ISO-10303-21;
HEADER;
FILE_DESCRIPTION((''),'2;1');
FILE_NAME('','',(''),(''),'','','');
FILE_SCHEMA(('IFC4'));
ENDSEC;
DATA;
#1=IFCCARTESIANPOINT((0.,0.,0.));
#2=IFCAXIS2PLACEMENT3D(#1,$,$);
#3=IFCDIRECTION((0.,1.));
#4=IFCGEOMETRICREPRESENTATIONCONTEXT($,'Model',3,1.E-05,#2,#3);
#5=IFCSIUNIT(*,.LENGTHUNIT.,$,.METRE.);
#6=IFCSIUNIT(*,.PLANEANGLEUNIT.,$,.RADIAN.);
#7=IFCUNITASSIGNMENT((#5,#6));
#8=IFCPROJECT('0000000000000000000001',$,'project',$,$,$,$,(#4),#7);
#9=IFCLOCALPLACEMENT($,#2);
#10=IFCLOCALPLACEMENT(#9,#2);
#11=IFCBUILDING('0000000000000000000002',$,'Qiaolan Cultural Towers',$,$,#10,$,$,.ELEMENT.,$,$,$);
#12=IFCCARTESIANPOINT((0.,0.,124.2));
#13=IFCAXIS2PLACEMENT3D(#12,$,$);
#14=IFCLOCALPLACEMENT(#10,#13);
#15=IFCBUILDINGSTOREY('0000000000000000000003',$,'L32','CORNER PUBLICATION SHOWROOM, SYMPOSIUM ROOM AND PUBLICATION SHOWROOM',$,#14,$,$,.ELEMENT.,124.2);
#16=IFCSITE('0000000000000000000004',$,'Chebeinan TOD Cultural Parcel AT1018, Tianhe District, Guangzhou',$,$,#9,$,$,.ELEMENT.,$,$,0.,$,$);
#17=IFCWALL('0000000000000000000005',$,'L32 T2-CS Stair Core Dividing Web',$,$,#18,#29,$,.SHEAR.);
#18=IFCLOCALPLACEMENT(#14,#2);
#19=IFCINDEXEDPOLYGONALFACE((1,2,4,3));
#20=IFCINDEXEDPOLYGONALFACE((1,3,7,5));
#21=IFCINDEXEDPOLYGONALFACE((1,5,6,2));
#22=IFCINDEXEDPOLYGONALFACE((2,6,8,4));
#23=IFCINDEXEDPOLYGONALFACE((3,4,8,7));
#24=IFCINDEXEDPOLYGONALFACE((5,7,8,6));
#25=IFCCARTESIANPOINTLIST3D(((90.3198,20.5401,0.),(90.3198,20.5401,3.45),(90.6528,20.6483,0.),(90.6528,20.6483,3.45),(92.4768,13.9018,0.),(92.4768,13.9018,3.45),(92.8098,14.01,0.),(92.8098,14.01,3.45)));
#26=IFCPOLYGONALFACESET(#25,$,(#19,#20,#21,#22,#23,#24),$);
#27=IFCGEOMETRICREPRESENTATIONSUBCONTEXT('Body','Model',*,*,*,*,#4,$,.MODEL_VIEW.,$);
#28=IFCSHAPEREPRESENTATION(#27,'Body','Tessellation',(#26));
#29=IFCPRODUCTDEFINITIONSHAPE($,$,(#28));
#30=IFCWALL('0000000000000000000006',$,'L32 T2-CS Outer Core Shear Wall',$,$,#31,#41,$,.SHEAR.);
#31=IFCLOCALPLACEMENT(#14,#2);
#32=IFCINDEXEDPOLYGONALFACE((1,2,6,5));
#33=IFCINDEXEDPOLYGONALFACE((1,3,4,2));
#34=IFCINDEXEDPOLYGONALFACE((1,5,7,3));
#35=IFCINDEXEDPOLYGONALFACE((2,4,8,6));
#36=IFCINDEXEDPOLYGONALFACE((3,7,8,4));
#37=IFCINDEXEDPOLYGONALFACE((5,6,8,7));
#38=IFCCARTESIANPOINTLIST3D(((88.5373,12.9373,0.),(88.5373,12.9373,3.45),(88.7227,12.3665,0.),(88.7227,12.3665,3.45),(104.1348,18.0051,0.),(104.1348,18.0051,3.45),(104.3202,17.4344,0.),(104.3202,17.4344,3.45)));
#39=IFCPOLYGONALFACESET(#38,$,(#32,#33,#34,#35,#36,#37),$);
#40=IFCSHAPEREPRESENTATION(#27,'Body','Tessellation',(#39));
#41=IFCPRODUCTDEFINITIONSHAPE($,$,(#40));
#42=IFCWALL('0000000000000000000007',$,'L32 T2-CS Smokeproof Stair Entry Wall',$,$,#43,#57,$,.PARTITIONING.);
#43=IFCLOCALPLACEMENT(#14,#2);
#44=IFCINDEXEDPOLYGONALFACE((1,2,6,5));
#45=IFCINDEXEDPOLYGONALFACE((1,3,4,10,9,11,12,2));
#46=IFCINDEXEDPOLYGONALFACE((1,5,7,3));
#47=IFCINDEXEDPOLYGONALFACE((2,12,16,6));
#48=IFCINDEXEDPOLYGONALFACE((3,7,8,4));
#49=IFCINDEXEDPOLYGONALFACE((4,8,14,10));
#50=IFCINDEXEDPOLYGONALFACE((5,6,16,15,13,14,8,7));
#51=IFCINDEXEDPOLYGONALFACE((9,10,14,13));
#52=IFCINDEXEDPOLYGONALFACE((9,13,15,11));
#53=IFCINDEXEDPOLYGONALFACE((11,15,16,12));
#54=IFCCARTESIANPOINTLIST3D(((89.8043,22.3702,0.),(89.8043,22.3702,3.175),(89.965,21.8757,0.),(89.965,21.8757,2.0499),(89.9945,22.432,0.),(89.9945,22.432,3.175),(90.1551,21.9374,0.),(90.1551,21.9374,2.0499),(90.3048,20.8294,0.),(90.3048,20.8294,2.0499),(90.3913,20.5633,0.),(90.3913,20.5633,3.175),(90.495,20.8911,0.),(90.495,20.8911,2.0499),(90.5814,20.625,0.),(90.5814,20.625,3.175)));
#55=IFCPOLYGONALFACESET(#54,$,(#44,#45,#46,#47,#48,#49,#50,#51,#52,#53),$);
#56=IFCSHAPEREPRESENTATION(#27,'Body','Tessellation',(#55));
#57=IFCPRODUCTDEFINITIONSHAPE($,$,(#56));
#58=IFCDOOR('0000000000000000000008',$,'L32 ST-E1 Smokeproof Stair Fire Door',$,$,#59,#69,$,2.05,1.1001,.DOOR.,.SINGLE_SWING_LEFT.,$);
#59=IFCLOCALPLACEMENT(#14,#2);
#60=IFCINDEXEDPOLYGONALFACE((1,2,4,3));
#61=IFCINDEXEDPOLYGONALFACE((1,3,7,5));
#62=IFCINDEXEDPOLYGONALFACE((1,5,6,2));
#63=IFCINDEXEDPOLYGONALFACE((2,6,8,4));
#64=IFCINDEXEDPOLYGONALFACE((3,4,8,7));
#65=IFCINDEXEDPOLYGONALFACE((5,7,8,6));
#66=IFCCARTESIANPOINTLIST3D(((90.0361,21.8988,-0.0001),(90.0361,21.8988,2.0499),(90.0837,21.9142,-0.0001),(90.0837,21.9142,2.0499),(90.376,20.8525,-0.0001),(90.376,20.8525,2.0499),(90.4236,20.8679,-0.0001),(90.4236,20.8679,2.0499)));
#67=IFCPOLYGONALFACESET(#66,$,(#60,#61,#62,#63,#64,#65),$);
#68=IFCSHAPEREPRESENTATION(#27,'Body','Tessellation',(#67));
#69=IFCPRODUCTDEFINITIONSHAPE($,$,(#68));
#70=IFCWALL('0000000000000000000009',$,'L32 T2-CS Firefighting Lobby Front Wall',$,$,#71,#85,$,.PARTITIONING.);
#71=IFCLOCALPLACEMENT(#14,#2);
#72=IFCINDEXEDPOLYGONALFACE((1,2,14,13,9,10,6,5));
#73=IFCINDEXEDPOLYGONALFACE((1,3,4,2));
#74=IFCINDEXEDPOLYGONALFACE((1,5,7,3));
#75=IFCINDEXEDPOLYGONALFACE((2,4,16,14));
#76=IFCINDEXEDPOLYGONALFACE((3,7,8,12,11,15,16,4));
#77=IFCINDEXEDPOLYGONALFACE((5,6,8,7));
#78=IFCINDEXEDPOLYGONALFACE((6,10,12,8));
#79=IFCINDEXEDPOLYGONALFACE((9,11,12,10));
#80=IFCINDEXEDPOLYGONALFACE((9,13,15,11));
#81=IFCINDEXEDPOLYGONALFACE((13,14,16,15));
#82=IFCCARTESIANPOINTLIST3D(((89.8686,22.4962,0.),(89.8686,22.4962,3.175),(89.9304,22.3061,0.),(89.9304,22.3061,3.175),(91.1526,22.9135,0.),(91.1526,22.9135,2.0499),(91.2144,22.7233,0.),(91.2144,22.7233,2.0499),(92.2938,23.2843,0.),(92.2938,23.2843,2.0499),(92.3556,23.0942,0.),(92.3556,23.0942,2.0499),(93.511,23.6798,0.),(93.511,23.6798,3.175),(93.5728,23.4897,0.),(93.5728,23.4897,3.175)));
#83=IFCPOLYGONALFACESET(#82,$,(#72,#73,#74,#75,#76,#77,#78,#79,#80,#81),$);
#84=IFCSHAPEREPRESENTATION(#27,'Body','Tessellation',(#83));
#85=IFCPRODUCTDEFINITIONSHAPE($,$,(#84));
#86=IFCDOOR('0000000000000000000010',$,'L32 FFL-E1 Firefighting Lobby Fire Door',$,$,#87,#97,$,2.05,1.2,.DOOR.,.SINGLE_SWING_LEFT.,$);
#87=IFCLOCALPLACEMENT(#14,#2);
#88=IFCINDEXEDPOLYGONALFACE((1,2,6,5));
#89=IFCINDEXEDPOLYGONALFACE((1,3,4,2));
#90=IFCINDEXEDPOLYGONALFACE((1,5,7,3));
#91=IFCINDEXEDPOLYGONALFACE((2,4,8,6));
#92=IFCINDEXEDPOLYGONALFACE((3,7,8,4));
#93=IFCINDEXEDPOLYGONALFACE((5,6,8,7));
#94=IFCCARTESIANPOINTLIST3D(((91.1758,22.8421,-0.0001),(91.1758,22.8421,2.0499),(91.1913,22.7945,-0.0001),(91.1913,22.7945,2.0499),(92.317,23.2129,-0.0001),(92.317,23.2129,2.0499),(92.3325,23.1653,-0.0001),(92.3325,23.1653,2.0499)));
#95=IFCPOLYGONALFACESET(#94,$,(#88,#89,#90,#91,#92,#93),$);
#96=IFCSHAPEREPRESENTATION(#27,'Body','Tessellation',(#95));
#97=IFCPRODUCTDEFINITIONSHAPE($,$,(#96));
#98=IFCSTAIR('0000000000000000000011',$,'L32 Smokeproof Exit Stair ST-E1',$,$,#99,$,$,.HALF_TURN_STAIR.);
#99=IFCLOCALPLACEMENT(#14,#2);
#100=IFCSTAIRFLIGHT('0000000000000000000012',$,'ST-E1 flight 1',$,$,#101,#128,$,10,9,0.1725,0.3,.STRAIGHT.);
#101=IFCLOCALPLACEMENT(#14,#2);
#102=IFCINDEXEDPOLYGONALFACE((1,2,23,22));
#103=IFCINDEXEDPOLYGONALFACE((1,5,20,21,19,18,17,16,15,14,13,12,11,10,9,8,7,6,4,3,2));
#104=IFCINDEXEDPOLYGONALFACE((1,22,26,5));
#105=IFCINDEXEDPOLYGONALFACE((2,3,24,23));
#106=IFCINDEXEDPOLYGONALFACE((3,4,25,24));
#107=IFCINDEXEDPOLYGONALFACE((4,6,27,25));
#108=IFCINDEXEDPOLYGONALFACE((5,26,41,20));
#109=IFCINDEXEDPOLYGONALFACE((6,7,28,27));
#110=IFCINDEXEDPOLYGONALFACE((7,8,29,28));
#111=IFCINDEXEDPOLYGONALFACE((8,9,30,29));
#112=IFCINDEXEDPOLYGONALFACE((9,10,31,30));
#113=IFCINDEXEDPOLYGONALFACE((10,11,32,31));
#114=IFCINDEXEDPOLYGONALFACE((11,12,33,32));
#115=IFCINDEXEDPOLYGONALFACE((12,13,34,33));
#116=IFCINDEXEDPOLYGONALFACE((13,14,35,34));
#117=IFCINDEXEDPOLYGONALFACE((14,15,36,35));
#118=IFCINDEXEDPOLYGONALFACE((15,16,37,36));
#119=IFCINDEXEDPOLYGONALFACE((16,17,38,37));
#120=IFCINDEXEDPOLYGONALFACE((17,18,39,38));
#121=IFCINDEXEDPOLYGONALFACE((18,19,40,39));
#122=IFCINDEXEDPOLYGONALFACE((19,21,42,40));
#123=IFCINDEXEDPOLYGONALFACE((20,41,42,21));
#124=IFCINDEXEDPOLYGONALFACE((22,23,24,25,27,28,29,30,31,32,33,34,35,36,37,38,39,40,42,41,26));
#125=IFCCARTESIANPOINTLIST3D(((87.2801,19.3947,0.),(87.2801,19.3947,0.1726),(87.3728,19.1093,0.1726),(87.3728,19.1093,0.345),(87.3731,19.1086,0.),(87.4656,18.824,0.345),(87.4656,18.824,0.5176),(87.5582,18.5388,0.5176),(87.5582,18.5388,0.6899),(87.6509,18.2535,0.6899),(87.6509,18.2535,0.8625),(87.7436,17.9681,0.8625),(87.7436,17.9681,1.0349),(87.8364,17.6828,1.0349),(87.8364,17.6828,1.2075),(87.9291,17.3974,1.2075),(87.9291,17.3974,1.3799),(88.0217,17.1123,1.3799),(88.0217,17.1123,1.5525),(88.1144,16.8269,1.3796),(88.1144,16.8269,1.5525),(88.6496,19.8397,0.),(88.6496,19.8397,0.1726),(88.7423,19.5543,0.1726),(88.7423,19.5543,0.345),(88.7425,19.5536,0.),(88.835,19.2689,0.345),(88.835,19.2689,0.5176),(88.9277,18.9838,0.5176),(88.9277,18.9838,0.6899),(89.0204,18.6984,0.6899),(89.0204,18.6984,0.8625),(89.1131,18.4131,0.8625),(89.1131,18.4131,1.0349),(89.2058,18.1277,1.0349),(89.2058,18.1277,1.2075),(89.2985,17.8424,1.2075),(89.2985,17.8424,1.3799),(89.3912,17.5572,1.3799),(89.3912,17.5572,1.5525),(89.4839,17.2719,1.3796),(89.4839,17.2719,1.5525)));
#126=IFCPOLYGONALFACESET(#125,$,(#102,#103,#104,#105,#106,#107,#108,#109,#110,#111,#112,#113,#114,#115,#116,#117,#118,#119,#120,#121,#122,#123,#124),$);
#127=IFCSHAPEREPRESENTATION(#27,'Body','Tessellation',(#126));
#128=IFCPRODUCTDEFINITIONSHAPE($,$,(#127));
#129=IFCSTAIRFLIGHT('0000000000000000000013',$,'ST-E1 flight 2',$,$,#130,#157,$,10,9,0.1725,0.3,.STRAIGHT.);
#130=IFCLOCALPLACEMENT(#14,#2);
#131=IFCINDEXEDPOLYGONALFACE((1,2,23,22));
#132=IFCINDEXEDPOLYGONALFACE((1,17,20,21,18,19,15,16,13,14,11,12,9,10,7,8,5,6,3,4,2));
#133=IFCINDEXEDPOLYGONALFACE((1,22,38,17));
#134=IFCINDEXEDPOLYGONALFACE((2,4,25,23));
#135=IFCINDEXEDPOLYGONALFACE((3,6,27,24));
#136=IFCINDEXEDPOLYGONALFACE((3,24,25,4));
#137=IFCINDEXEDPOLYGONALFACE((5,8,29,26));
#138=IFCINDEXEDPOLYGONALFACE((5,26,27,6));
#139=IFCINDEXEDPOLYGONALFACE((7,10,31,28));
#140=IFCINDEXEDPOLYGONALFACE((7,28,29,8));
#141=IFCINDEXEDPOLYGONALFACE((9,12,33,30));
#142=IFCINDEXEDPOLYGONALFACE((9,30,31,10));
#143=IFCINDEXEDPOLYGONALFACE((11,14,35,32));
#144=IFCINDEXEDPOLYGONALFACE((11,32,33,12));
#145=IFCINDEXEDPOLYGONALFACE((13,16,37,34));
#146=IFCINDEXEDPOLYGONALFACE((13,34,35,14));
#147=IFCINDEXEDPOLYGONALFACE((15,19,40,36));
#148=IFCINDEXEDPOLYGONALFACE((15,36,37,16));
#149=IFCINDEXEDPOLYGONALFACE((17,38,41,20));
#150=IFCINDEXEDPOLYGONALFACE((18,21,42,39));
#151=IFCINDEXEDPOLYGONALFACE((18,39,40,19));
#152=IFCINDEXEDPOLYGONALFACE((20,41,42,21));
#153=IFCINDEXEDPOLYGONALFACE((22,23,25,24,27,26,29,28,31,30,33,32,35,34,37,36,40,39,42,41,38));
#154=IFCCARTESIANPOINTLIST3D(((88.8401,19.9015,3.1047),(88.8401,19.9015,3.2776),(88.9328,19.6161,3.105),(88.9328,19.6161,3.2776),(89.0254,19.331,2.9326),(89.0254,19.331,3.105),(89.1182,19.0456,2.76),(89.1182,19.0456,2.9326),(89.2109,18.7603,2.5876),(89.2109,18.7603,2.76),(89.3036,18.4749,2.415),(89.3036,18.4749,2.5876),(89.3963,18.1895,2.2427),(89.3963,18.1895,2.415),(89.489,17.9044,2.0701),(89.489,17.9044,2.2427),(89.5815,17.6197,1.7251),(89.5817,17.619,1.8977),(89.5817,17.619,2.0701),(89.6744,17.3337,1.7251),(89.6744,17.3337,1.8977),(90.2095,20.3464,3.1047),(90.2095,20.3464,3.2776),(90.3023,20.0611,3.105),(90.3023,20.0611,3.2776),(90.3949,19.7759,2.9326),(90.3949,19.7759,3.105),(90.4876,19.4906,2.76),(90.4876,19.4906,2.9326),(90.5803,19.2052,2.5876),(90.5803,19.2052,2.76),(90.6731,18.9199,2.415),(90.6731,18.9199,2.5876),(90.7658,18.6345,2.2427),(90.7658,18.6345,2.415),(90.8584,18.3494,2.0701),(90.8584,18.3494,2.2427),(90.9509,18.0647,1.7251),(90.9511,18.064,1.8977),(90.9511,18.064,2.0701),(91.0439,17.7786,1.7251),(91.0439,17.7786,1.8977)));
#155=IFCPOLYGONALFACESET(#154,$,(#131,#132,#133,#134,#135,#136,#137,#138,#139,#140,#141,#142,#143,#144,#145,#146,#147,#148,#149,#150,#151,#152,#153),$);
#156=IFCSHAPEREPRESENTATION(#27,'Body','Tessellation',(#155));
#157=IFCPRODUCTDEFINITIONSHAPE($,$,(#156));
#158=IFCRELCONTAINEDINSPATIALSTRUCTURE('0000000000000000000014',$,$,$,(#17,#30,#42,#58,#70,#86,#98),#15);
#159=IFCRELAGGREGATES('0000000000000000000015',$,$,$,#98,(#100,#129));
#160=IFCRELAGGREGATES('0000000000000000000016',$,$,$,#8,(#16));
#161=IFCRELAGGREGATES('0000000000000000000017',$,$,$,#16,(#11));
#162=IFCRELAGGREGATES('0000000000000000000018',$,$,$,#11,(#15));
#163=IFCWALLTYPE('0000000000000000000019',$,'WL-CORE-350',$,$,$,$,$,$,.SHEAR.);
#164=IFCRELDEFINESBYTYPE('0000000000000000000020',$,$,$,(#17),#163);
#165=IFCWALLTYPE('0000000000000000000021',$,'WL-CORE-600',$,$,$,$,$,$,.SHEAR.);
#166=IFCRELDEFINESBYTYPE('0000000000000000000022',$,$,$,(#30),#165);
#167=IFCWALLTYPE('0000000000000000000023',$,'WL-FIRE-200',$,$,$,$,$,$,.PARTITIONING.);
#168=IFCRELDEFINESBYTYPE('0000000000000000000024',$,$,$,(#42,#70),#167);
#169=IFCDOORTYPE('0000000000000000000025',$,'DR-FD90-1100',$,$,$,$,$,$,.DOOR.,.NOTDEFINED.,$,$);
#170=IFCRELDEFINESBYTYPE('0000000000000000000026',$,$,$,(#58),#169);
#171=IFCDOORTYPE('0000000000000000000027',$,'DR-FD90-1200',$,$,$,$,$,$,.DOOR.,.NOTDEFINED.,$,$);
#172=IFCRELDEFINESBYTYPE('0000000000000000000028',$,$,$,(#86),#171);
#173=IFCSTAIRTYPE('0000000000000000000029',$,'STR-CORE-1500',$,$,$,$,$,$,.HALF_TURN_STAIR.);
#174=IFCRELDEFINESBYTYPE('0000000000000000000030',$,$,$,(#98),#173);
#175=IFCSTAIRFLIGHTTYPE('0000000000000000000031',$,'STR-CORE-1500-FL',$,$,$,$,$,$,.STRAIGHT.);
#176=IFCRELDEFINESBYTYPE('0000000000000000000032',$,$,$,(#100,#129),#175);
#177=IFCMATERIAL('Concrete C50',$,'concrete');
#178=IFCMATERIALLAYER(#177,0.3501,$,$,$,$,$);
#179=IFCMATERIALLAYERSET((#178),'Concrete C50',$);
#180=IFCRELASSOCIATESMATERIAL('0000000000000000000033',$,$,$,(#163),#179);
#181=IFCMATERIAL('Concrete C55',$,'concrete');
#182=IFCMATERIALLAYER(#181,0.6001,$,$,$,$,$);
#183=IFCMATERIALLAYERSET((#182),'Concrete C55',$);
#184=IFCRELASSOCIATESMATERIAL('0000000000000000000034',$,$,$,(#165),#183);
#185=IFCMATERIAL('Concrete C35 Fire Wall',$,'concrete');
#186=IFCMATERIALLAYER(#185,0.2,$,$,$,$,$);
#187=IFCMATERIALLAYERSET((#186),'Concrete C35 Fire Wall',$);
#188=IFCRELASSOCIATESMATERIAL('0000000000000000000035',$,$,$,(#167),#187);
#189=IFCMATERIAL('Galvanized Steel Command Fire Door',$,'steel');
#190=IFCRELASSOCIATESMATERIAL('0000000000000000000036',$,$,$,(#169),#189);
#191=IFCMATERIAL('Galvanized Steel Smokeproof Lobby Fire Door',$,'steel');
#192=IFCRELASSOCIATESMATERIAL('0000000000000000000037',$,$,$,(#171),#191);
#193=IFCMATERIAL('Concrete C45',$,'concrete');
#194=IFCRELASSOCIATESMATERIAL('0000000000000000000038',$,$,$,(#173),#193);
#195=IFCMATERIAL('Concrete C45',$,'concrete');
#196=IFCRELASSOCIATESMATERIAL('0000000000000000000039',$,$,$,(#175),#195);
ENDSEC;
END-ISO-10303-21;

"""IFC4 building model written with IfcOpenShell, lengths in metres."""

from ifc_helpers import new_model, si_unit, direction, frame, frame_2d, origin, place, context, subcontext, project, spatial, polyline, rectangle, outline, extrude, material, layer, layer_set, type_object, element, fill, aggregate, save


model = new_model("IFC4")

# Units and contexts
model_context = context("Model", 3, precision=1e-05, world=origin(), true_north=direction((0.0, 1.0)))
body_context = subcontext(model_context, "Body", "Model", "MODEL_VIEW")
ifc_project = project(units=[si_unit("LENGTHUNIT", "METRE"), si_unit("PLANEANGLEUNIT", "RADIAN")], contexts=[model_context])

# Site, building, storey
site_placement = place(None, origin())
site = spatial("IfcSite", under=ifc_project, at=site_placement, Name="Chebeinan TOD Cultural Parcel AT1018, Tianhe District, Guangzhou", CompositionType="ELEMENT", RefElevation=0.0)
building_placement = place(site_placement, origin())
building = spatial("IfcBuilding", under=site, at=building_placement, Name="Qiaolan Cultural Towers", CompositionType="ELEMENT")
storey_placement = place(building_placement, frame((0.0, 0.0, 124.2)))
storey = spatial("IfcBuildingStorey", under=building, at=storey_placement, Name="L32", Description="CORNER PUBLICATION SHOWROOM, SYMPOSIUM ROOM AND PUBLICATION SHOWROOM", CompositionType="ELEMENT", Elevation=124.2)

# Walls
ifc_material_1 = material(Name="Concrete C50", Category="concrete")
ifc_layer_1 = layer(ifc_material_1, 0.3501)
ifc_layer_set_1 = layer_set([ifc_layer_1], Name="Concrete C50")
wall_type_1 = type_object("IfcWallType", Name="WL-CORE-350", PredefinedType="SHEAR", material=ifc_layer_set_1)
wall_1_placement = place(storey_placement, frame((90.4863, 20.5942, 0.0), z_axis=(0.0, 0.0, 1.0), x_axis=(0.30902, -0.951055, 0.0)))
element("IfcWall", 1, at=wall_1_placement, inside=storey, type_object=wall_type_1, Name="L32 T2-CS Stair Core Dividing Web", PredefinedType="SHEAR", context=body_context, shape_type="SweptSolid", body=[
    extrude(rectangle(XDim=6.98, YDim=0.3501, at=frame_2d((3.49, 0.0))), origin(), (0.0, 0.0, 1.0), 3.45),
])
ifc_material_2 = material(Name="Concrete C55", Category="concrete")
ifc_layer_2 = layer(ifc_material_2, 0.6001)
ifc_layer_set_2 = layer_set([ifc_layer_2], Name="Concrete C55")
wall_type_2 = type_object("IfcWallType", Name="WL-CORE-600", PredefinedType="SHEAR", material=ifc_layer_set_2)
wall_2_placement = place(storey_placement, frame((88.6299, 12.6519, 0.0), z_axis=(0.0, 0.0, 1.0), x_axis=(0.951057, 0.309015, 0.0)))
element("IfcWall", 2, at=wall_2_placement, inside=storey, type_object=wall_type_2, Name="L32 T2-CS Outer Core Shear Wall", PredefinedType="SHEAR", context=body_context, shape_type="SweptSolid", body=[
    extrude(rectangle(XDim=16.4001, YDim=0.6001, at=frame_2d((8.2002, 0.0))), origin(), (0.0, 0.0, 1.0), 3.45),
])

# Walls, openings, doors
ifc_material_3 = material(Name="Concrete C35 Fire Wall", Category="concrete")
ifc_layer_3 = layer(ifc_material_3, 0.2)
ifc_layer_set_3 = layer_set([ifc_layer_3], Name="Concrete C35 Fire Wall")
wall_type_3 = type_object("IfcWallType", Name="WL-FIRE-200", PredefinedType="PARTITIONING", material=ifc_layer_set_3)
wall_3_placement = place(storey_placement, frame((89.8994, 22.4011, 0.0), z_axis=(0.0, 0.0, 1.0), x_axis=(0.308932, -0.951084, 0.0)))
wall_3 = element("IfcWall", 3, at=wall_3_placement, inside=storey, type_object=wall_type_3, Name="L32 T2-CS Smokeproof Stair Entry Wall", PredefinedType="PARTITIONING", context=body_context, shape_type="SweptSolid", body=[
    extrude(rectangle(XDim=1.8999, YDim=0.2, at=frame_2d((0.95, 0.0))), origin(), (0.0, 0.0, 1.0), 3.175),
])
opening_1_placement = place(wall_3_placement, frame((0.52, 0.0, 0.0)))
opening_1 = element("IfcOpeningElement", 4, at=opening_1_placement, cuts=wall_3, PredefinedType="OPENING", context=body_context, shape_type="SweptSolid", body=[
    extrude(rectangle(XDim=1.1001, YDim=2.05, at=frame_2d((0.55, 1.0249))), frame((0.0, 0.1099, 0.0), z_axis=(0.0, -1.0, 0.0), x_axis=(1.0, 0.0, 0.0)), (0.0, 0.0, 1.0), 0.22),
])
ifc_material_4 = material(Name="Galvanized Steel Command Fire Door", Category="steel")
door_type_1 = type_object("IfcDoorType", Name="DR-FD90-1100", OperationType="NOTDEFINED", PredefinedType="DOOR", material=ifc_material_4)
door_1_placement = place(opening_1_placement, origin())
door_1 = element("IfcDoor", 5, at=door_1_placement, inside=storey, type_object=door_type_1, Name="L32 ST-E1 Smokeproof Stair Fire Door", OperationType="SINGLE_SWING_LEFT", OverallHeight=2.05, OverallWidth=1.1001, PredefinedType="DOOR", context=body_context, shape_type="SweptSolid", body=[
    extrude(rectangle(XDim=1.1001, YDim=2.05, at=frame_2d((0.55, 1.0249))), frame((0.0, 0.0249, 0.0), z_axis=(0.0, -1.0, 0.0), x_axis=(1.0, 0.0, 0.0)), (0.0, 0.0, 1.0), 0.05),
])
fill(opening_1, door_1)
wall_4_placement = place(storey_placement, frame((89.8994, 22.4011, 0.0), z_axis=(0.0, 0.0, 1.0), x_axis=(0.951047, 0.309047, 0.0)))
wall_4 = element("IfcWall", 6, at=wall_4_placement, inside=storey, type_object=wall_type_3, Name="L32 T2-CS Firefighting Lobby Front Wall", PredefinedType="PARTITIONING", context=body_context, shape_type="SweptSolid", body=[
    extrude(rectangle(XDim=3.8298, YDim=0.2, at=frame_2d((1.915, 0.0))), origin(), (0.0, 0.0, 1.0), 3.175),
])
opening_2_placement = place(wall_4_placement, frame((1.3501, 0.0, 0.0)))
opening_2 = element("IfcOpeningElement", 7, at=opening_2_placement, cuts=wall_4, PredefinedType="OPENING", context=body_context, shape_type="SweptSolid", body=[
    extrude(rectangle(XDim=1.2, YDim=2.05, at=frame_2d((0.6001, 1.0249))), frame((0.0, 0.1099, 0.0), z_axis=(0.0, -1.0, 0.0), x_axis=(1.0, 0.0, 0.0)), (0.0, 0.0, 1.0), 0.22),
])
ifc_material_5 = material(Name="Galvanized Steel Smokeproof Lobby Fire Door", Category="steel")
door_type_2 = type_object("IfcDoorType", Name="DR-FD90-1200", OperationType="NOTDEFINED", PredefinedType="DOOR", material=ifc_material_5)
door_2_placement = place(opening_2_placement, origin())
door_2 = element("IfcDoor", 8, at=door_2_placement, inside=storey, type_object=door_type_2, Name="L32 FFL-E1 Firefighting Lobby Fire Door", OperationType="SINGLE_SWING_LEFT", OverallHeight=2.05, OverallWidth=1.2, PredefinedType="DOOR", context=body_context, shape_type="SweptSolid", body=[
    extrude(rectangle(XDim=1.2, YDim=2.05, at=frame_2d((0.6001, 1.0249))), frame((0.0, 0.0249, 0.0), z_axis=(0.0, -1.0, 0.0), x_axis=(1.0, 0.0, 0.0)), (0.0, 0.0, 1.0), 0.05),
])
fill(opening_2, door_2)

# Stair, stair flights
ifc_material_6 = material(Name="Concrete C45", Category="concrete")
stair_type = type_object("IfcStairType", Name="STR-CORE-1500", PredefinedType="HALF_TURN_STAIR", material=ifc_material_6)
stair_placement = place(storey_placement, origin())
stair = element("IfcStair", 9, at=stair_placement, inside=storey, type_object=stair_type, Name="L32 Smokeproof Exit Stair ST-E1", PredefinedType="HALF_TURN_STAIR")
ifc_material_7 = material(Name="Concrete C45", Category="concrete")
stair_flight_type = type_object("IfcStairFlightType", Name="STR-CORE-1500-FL", PredefinedType="STRAIGHT", material=ifc_material_7)
stair_flight_1_placement = place(storey_placement, frame((87.9648, 19.6172, 0.0), z_axis=(0.0, 0.0, 1.0), x_axis=(0.309017, -0.951057, 0.0)))
stair_flight_1 = element("IfcStairFlight", 10, at=stair_flight_1_placement, type_object=stair_flight_type, Name="ST-E1 flight 1", NumberOfRisers=10, NumberOfTreads=9, PredefinedType="STRAIGHT", RiserHeight=0.1725, TreadLength=0.3, context=body_context, shape_type="SweptSolid", body=[
    extrude(outline(polyline([(0.0, 0.0), (0.0, 0.1726), (0.3, 0.1726), (0.3, 0.345), (0.6001, 0.345), (0.6001, 0.5176), (0.8999, 0.5176), (0.8999, 0.6899), (1.2, 0.6899), (1.2, 0.8625), (1.5, 0.8625), (1.5, 1.0349), (1.8, 1.0349), (1.8, 1.2075), (2.1001, 1.2075), (2.1001, 1.3799), (2.3999, 1.3799), (2.3999, 1.5525), (2.7, 1.5525), (2.7, 1.7251), (2.7, 1.3796), (0.3008, 0.0), (0.0, 0.0)])), frame((0.0, 0.72, 0.0), z_axis=(0.0, -1.0, 0.0), x_axis=(1.0, 0.0, 0.0)), (0.0, 0.0, 1.0), 1.4399),
])
stair_flight_2_placement = place(storey_placement, frame((90.3591, 17.5562, 1.7251), z_axis=(0.0, 0.0, 1.0), x_axis=(-0.309017, 0.951057, 0.0)))
stair_flight_2 = element("IfcStairFlight", 11, at=stair_flight_2_placement, type_object=stair_flight_type, Name="ST-E1 flight 2", NumberOfRisers=10, NumberOfTreads=9, PredefinedType="STRAIGHT", RiserHeight=0.1725, TreadLength=0.3, context=body_context, shape_type="SweptSolid", body=[
    extrude(outline(polyline([(0.0, 0.0), (0.0, 0.1726), (0.3, 0.1726), (0.3, 0.345), (0.6001, 0.345), (0.6001, 0.5176), (0.8999, 0.5176), (0.8999, 0.6899), (1.2, 0.6899), (1.2, 0.8625), (1.5, 0.8625), (1.5, 1.0349), (1.8, 1.0349), (1.8, 1.2075), (2.1001, 1.2075), (2.1001, 1.3799), (2.3999, 1.3799), (2.3999, 1.5525), (2.7, 1.5525), (2.7, 1.7251), (2.7, 1.3796), (0.3008, 0.0), (0.0, 0.0)])), frame((0.0, 0.72, 0.0), z_axis=(0.0, -1.0, 0.0), x_axis=(1.0, 0.0, 0.0)), (0.0, 0.0, 1.0), 1.4399),
])
aggregate(stair, [stair_flight_1, stair_flight_2])

save(model, "model.ifc")
